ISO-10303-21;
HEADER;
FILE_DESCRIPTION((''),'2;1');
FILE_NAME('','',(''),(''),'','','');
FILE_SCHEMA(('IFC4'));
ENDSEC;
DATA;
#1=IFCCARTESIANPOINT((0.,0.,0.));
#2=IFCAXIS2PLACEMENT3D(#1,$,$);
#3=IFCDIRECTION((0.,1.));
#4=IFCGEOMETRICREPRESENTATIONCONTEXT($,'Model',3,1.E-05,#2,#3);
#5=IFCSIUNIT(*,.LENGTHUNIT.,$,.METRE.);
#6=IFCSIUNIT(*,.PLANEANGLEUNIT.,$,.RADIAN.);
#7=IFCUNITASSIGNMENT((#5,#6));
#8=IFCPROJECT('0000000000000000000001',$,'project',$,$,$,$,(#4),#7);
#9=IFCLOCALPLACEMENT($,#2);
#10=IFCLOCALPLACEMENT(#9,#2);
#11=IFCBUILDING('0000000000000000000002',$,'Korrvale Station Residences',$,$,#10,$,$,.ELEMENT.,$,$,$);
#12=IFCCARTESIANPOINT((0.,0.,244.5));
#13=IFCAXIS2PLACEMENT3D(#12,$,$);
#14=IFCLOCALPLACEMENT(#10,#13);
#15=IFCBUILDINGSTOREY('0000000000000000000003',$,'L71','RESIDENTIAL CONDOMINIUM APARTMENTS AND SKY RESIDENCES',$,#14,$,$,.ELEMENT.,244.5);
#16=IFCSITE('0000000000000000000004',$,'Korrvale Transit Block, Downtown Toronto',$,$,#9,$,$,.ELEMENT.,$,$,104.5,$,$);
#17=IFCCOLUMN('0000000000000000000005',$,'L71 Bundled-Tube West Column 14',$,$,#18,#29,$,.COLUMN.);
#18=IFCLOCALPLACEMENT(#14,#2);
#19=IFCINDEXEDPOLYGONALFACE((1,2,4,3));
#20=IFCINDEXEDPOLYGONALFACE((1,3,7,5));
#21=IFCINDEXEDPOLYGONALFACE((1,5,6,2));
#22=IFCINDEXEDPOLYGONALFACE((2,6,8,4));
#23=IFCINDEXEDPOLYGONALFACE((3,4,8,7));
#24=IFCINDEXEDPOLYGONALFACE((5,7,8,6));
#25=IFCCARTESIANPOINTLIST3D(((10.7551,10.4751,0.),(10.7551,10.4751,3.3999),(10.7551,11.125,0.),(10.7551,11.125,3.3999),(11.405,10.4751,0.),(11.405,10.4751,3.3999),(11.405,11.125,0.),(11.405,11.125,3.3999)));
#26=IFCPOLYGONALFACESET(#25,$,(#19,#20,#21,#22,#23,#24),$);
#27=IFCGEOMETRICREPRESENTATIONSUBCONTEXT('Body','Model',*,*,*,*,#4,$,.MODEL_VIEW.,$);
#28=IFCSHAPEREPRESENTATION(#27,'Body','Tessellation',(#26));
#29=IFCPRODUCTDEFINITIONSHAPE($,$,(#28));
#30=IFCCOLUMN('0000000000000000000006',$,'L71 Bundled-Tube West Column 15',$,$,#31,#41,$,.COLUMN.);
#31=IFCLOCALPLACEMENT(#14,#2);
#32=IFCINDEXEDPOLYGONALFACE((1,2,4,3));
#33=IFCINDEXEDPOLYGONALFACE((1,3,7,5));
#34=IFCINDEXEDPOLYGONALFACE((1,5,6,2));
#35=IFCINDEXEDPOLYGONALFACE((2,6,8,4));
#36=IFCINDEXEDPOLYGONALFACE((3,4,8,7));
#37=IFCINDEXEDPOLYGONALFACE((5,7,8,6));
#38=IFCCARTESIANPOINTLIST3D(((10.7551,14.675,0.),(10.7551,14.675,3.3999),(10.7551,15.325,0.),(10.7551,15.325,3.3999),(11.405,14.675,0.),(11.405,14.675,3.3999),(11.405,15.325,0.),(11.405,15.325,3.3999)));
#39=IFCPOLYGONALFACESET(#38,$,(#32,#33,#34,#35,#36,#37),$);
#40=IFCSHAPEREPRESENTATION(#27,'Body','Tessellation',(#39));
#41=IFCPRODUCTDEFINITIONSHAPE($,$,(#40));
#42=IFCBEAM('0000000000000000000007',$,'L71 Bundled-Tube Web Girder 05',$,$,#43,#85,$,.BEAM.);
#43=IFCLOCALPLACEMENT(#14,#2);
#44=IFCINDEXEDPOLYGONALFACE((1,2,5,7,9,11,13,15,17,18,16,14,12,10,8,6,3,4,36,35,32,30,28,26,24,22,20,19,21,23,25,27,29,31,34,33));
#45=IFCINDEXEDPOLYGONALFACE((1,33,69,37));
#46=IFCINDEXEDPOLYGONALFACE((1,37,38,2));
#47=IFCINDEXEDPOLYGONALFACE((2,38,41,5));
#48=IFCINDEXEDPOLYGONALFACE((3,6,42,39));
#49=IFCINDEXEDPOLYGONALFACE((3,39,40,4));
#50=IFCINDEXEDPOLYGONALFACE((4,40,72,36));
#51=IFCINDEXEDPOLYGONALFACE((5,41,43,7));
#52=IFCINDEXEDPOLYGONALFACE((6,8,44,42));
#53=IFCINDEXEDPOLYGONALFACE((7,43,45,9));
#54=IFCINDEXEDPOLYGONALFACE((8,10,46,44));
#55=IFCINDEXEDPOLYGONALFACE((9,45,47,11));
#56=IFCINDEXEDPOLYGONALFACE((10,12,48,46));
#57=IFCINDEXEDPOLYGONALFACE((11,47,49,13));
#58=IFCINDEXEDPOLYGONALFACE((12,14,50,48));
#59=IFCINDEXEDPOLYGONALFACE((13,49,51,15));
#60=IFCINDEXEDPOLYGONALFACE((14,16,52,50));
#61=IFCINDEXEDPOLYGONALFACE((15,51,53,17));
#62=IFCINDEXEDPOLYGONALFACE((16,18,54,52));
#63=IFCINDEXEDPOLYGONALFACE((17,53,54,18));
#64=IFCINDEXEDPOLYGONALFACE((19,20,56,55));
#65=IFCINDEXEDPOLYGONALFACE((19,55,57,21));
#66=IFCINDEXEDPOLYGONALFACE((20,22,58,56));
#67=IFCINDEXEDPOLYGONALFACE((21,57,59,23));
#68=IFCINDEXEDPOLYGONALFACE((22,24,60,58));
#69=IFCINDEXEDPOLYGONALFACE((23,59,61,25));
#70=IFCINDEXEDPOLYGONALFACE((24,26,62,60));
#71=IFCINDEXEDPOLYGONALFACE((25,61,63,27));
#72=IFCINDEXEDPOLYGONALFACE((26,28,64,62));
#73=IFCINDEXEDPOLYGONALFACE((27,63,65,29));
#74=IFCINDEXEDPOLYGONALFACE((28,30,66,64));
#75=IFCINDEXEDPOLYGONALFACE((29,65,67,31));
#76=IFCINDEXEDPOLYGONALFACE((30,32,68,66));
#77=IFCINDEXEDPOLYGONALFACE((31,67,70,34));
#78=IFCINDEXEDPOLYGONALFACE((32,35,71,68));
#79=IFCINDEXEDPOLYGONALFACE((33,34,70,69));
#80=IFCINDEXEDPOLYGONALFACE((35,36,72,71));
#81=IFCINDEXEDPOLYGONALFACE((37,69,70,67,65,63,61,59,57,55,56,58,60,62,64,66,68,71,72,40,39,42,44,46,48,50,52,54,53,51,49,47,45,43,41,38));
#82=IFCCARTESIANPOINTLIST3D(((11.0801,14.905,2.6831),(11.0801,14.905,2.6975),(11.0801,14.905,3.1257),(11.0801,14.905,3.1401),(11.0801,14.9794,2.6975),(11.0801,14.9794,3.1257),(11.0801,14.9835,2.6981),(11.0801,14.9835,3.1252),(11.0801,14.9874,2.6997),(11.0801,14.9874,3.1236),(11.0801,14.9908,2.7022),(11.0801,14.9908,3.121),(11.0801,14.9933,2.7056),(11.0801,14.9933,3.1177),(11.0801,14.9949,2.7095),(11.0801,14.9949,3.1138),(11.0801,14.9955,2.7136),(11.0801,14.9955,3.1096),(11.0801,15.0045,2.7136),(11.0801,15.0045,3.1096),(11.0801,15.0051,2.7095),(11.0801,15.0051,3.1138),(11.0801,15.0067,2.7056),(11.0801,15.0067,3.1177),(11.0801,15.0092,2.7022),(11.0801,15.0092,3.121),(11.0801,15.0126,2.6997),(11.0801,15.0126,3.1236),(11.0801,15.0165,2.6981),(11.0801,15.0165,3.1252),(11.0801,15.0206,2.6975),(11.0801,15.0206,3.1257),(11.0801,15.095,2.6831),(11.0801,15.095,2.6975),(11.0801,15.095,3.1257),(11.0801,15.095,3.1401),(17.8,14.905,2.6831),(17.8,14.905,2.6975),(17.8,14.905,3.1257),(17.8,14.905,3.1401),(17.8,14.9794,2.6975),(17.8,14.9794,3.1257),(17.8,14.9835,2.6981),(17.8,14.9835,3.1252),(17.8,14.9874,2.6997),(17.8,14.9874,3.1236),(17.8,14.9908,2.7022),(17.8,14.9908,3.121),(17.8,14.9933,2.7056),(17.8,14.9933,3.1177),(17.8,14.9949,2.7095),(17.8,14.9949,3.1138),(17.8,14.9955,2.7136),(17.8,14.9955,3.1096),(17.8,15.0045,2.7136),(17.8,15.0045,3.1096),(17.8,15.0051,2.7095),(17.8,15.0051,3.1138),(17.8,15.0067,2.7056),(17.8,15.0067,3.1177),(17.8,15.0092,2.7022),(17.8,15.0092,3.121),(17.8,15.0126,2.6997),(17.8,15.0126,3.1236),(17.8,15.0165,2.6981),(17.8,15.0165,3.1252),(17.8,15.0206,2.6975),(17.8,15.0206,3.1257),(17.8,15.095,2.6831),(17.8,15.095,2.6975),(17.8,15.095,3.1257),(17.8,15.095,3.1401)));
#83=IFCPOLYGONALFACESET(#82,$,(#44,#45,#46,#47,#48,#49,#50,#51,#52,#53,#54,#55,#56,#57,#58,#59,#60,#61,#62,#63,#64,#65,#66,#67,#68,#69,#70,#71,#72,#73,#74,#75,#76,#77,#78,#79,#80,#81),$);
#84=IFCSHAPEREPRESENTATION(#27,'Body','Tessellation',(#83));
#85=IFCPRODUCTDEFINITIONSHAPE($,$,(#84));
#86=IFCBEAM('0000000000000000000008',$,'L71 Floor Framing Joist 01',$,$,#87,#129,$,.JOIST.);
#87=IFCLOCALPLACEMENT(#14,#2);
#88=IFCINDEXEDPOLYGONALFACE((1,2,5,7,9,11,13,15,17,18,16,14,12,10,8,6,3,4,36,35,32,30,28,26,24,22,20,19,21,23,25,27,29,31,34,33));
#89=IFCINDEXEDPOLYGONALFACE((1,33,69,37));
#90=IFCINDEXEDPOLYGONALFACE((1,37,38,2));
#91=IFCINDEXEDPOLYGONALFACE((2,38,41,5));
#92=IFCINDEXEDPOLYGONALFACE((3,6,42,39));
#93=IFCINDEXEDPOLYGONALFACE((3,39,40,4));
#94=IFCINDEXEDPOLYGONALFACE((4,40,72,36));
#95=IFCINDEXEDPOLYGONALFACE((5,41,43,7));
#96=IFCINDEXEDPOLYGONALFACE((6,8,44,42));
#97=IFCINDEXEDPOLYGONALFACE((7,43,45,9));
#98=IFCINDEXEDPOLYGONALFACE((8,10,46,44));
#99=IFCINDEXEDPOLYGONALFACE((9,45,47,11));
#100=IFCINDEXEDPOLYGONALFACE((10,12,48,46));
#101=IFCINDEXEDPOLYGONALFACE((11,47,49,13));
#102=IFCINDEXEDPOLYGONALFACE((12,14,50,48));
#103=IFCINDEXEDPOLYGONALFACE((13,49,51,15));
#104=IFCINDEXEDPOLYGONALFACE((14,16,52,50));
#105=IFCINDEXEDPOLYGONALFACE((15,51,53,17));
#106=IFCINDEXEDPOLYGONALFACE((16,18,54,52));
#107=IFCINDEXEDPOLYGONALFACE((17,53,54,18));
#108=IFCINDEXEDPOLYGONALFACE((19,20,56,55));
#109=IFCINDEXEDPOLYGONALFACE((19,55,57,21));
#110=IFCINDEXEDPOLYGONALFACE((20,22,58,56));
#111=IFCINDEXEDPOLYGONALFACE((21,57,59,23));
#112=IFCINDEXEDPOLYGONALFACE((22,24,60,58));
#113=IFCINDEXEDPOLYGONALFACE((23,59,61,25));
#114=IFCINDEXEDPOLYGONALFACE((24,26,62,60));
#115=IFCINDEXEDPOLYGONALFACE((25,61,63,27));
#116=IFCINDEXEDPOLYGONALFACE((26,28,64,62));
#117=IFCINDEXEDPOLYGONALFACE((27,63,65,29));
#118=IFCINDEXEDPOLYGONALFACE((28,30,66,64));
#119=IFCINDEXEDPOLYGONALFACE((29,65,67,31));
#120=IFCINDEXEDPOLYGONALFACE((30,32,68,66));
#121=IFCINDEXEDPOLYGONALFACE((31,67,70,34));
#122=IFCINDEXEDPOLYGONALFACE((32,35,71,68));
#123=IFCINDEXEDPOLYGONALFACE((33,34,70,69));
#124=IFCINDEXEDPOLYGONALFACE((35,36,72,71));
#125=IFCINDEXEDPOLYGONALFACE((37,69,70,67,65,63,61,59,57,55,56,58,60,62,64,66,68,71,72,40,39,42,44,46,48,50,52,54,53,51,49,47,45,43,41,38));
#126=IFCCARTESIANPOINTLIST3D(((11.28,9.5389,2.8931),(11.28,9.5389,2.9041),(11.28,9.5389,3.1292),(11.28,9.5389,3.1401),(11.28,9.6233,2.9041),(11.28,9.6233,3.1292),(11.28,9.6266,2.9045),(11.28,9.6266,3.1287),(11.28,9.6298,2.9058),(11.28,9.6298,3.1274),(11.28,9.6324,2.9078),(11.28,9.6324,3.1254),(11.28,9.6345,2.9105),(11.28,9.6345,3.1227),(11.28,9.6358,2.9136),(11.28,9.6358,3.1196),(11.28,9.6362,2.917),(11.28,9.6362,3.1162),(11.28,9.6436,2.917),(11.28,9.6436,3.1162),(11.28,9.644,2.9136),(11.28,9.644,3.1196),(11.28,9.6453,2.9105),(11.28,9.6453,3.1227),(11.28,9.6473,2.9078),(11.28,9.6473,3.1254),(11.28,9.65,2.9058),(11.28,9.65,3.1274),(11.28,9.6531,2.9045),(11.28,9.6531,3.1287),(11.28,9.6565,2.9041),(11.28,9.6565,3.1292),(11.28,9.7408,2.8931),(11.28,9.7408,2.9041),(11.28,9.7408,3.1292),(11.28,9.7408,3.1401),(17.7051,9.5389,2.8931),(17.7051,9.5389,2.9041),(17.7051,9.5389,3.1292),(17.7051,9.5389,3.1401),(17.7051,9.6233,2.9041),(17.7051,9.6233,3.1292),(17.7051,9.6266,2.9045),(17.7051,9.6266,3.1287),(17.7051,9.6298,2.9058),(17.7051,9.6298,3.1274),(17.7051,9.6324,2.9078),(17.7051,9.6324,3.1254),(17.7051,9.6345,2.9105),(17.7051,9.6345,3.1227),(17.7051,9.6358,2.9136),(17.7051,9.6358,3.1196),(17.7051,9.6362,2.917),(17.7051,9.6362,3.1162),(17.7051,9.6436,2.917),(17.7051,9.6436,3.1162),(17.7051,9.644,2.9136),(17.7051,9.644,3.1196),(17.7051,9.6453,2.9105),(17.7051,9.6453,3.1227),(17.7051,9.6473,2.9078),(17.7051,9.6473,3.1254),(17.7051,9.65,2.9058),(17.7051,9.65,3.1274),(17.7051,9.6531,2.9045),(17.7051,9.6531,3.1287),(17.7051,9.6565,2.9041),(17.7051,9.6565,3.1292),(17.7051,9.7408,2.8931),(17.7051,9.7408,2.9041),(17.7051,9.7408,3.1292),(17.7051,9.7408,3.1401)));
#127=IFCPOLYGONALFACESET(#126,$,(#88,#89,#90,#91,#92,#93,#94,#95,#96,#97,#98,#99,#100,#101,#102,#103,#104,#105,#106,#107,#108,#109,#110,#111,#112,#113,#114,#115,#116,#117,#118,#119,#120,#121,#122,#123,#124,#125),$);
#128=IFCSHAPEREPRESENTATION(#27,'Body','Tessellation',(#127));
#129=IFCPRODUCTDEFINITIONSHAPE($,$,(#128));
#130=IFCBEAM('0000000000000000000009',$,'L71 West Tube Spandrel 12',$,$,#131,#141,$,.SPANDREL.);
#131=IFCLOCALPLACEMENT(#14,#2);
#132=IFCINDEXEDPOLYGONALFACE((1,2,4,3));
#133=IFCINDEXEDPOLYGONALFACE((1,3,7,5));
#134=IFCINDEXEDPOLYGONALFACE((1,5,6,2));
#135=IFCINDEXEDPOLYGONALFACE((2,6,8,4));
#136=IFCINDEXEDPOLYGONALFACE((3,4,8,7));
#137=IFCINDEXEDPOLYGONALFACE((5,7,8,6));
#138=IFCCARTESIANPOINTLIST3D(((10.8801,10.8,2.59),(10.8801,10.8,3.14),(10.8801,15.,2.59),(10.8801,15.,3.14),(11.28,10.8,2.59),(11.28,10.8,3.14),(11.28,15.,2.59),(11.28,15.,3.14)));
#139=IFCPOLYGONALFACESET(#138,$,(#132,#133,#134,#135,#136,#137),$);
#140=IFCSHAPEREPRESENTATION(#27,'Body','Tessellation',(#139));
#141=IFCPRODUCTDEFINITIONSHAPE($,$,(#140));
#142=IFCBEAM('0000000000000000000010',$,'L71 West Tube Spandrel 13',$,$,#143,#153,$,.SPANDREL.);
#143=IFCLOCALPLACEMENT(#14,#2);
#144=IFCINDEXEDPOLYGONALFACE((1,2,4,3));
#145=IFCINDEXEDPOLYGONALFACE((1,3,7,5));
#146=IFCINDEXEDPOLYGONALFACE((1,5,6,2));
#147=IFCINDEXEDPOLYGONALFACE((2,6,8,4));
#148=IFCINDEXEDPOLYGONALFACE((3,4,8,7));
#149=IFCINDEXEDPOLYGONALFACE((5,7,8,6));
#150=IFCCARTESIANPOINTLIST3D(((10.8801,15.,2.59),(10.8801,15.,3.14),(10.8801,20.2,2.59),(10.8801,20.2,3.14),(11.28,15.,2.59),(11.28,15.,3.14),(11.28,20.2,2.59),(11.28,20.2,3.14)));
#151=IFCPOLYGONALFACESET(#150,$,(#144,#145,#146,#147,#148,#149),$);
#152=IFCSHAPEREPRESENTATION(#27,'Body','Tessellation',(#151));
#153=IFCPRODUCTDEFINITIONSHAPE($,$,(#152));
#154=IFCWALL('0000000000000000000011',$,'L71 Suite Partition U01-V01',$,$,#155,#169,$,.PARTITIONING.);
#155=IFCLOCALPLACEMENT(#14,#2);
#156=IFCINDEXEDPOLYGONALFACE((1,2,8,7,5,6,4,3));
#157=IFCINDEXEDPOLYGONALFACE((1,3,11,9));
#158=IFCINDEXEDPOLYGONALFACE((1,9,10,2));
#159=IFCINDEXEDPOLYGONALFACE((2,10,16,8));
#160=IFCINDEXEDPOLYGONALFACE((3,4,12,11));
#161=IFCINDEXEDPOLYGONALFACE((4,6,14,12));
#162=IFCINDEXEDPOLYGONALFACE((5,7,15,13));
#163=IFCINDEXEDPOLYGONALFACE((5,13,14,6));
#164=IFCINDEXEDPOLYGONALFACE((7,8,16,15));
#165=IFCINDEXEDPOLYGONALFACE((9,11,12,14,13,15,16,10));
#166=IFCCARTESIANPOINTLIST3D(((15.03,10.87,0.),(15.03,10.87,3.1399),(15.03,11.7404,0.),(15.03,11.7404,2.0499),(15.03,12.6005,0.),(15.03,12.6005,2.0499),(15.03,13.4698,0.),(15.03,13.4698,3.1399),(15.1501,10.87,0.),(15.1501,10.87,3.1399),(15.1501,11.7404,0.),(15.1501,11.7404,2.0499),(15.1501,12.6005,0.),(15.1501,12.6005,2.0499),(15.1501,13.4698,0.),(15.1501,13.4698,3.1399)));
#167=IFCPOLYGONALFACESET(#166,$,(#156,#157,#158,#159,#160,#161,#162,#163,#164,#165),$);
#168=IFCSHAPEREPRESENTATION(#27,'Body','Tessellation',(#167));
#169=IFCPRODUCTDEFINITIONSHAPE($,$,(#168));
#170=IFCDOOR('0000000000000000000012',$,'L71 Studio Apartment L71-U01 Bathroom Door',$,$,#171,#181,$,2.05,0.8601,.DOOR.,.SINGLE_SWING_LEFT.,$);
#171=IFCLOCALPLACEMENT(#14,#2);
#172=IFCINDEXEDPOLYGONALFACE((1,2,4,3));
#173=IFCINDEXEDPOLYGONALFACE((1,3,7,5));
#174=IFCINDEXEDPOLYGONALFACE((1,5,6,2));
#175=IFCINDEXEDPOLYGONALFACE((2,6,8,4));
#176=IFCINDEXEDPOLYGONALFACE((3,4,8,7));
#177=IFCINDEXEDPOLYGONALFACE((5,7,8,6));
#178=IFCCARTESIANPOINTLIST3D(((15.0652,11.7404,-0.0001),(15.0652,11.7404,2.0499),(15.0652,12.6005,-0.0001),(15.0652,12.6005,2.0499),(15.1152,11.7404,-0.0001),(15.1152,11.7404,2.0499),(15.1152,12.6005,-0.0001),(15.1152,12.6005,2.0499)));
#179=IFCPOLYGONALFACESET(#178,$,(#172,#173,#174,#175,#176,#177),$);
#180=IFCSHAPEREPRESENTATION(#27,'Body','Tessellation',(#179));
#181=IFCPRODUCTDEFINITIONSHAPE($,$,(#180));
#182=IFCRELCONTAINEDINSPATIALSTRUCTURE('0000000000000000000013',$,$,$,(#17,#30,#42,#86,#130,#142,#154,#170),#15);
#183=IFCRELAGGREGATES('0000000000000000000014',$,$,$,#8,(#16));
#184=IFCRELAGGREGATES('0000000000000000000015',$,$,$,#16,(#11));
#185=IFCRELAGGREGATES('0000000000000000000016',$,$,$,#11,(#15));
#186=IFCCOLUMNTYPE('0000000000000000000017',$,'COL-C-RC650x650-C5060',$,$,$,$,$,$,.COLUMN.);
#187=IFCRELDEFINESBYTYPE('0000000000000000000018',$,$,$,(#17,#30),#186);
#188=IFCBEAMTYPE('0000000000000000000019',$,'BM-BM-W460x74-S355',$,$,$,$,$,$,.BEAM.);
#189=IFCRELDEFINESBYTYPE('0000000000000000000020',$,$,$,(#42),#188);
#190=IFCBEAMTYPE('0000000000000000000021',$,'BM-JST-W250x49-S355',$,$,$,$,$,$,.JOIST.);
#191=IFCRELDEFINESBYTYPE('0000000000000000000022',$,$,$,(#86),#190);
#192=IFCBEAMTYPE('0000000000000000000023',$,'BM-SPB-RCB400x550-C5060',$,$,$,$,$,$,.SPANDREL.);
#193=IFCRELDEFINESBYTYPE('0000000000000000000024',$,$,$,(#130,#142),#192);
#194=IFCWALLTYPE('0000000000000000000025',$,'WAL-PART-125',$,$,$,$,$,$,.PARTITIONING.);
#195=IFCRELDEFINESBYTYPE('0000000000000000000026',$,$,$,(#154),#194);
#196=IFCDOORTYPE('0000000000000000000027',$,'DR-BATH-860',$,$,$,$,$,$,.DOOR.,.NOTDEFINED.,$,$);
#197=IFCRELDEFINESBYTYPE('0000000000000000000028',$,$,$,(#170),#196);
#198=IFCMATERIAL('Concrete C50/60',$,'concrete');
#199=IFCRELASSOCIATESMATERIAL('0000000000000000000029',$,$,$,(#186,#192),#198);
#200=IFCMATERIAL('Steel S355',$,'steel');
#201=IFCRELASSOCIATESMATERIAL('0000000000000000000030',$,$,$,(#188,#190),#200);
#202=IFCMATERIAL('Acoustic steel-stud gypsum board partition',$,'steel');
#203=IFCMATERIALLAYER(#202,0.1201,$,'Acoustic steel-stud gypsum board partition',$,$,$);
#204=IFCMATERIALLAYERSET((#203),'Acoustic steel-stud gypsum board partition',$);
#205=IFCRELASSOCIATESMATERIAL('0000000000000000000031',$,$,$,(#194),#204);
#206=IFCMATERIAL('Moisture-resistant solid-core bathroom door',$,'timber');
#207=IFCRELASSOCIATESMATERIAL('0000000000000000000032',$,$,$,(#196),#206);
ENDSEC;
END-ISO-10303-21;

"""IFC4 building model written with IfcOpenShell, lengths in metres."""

from ifc_helpers import new_model, si_unit, direction, frame, frame_2d, origin, origin_2d, place, context, subcontext, project, spatial, rectangle, i_section, extrude, material, layer, layer_set, material_profile, profile_set, type_object, element, fill, save


model = new_model("IFC4")

# Units and contexts
model_context = context("Model", 3, precision=1e-05, world=origin(), true_north=direction((0.0, 1.0)))
body_context = subcontext(model_context, "Body", "Model", "MODEL_VIEW")
ifc_project = project(units=[si_unit("LENGTHUNIT", "METRE"), si_unit("PLANEANGLEUNIT", "RADIAN")], contexts=[model_context])

# Site, building, storey
site_placement = place(None, origin())
site = spatial("IfcSite", under=ifc_project, at=site_placement, Name="Korrvale Transit Block, Downtown Toronto", CompositionType="ELEMENT", RefElevation=104.5)
building_placement = place(site_placement, origin())
building = spatial("IfcBuilding", under=site, at=building_placement, Name="Korrvale Station Residences", CompositionType="ELEMENT")
storey_placement = place(building_placement, frame((0.0, 0.0, 244.5)))
storey = spatial("IfcBuildingStorey", under=building, at=storey_placement, Name="L71", Description="RESIDENTIAL CONDOMINIUM APARTMENTS AND SKY RESIDENCES", CompositionType="ELEMENT", Elevation=244.5)

# Columns
ifc_material_1 = material(Name="Concrete C50/60", Category="concrete")
ifc_material_profile_1 = material_profile(ifc_material_1, rectangle(XDim=0.6499, YDim=0.6499, at=origin_2d()), Name="RC650x650")
ifc_profile_set_1 = profile_set([ifc_material_profile_1], Name="Concrete C50/60")
column_type = type_object("IfcColumnType", Name="COL-C-RC650x650-C5060", PredefinedType="COLUMN", material=ifc_profile_set_1)
for number, where, z_axis, x_axis, name in (
    (1, (11.0801, 10.8, 0.0), (0.0, 0.0, 1.0), (1.0, 0.0, 0.0), "L71 Bundled-Tube West Column 14"),
    (2, (11.0801, 15.0, 0.0), (0.0, 0.0, 1.0), (1.0, 0.0, 0.0), "L71 Bundled-Tube West Column 15"),
):
    element("IfcColumn", number, at=place(storey_placement, frame(where, z_axis=z_axis, x_axis=x_axis)), inside=storey, type_object=column_type, Name=name, PredefinedType="COLUMN", context=body_context, shape_type="SweptSolid", body=[
        extrude(rectangle(XDim=0.6499, YDim=0.6499, at=origin_2d()), origin(), (0.0, 0.0, 1.0), 3.3999),
    ])

# Beams
ifc_material_2 = material(Name="Steel S355", Category="steel")
ifc_material_profile_2 = material_profile(ifc_material_2, i_section(OverallWidth=0.1899, OverallDepth=0.457, WebThickness=0.009, FlangeThickness=0.0144, FilletRadius=0.0161, at=origin_2d()), Name="W460x74")
ifc_profile_set_2 = profile_set([ifc_material_profile_2], Name="Steel S355")
beam_type_1 = type_object("IfcBeamType", Name="BM-BM-W460x74-S355", PredefinedType="BEAM", material=ifc_profile_set_2)
beam_1_placement = place(storey_placement, frame((11.0801, 15.0, 2.9116), z_axis=(1.0, 0.0, 0.0), x_axis=(0.0, 1.0, 0.0)))
element("IfcBeam", 3, at=beam_1_placement, inside=storey, type_object=beam_type_1, Name="L71 Bundled-Tube Web Girder 05", PredefinedType="BEAM", context=body_context, shape_type="SweptSolid", body=[
    extrude(i_section(OverallWidth=0.1899, OverallDepth=0.457, WebThickness=0.009, FlangeThickness=0.0144, FilletRadius=0.0161, at=origin_2d()), origin(), (0.0, 0.0, 1.0), 6.72),
])
ifc_material_profile_3 = material_profile(ifc_material_2, i_section(OverallWidth=0.2019, OverallDepth=0.2471, WebThickness=0.0073, FlangeThickness=0.011, FilletRadius=0.0129, at=origin_2d()), Name="W250x49")
ifc_profile_set_3 = profile_set([ifc_material_profile_3], Name="Steel S355")
beam_type_2 = type_object("IfcBeamType", Name="BM-JST-W250x49-S355", PredefinedType="JOIST", material=ifc_profile_set_3)
beam_2_placement = place(storey_placement, frame((11.28, 9.6399, 3.0166), z_axis=(1.0, 0.0, 0.0), x_axis=(0.0, 1.0, 0.0)))
element("IfcBeam", 4, at=beam_2_placement, inside=storey, type_object=beam_type_2, Name="L71 Floor Framing Joist 01", PredefinedType="JOIST", context=body_context, shape_type="SweptSolid", body=[
    extrude(i_section(OverallWidth=0.2019, OverallDepth=0.2471, WebThickness=0.0073, FlangeThickness=0.011, FilletRadius=0.0129, at=origin_2d()), origin(), (0.0, 0.0, 1.0), 6.425),
])
ifc_material_profile_4 = material_profile(ifc_material_1, rectangle(XDim=0.3999, YDim=0.55, at=origin_2d()), Name="RCB400x550")
ifc_profile_set_4 = profile_set([ifc_material_profile_4], Name="Concrete C50/60")
beam_type_3 = type_object("IfcBeamType", Name="BM-SPB-RCB400x550-C5060", PredefinedType="SPANDREL", material=ifc_profile_set_4)
beam_3_placement = place(storey_placement, frame((11.0801, 10.8, 2.865), z_axis=(0.0, 1.0, 0.0), x_axis=(-1.0, 0.0, 0.0)))
element("IfcBeam", 5, at=beam_3_placement, inside=storey, type_object=beam_type_3, Name="L71 West Tube Spandrel 12", PredefinedType="SPANDREL", context=body_context, shape_type="SweptSolid", body=[
    extrude(rectangle(XDim=0.3999, YDim=0.55, at=origin_2d()), origin(), (0.0, 0.0, 1.0), 4.2),
])
beam_4_placement = place(storey_placement, frame((11.0801, 15.0, 2.865), z_axis=(0.0, 1.0, 0.0), x_axis=(-1.0, 0.0, 0.0)))
element("IfcBeam", 6, at=beam_4_placement, inside=storey, type_object=beam_type_3, Name="L71 West Tube Spandrel 13", PredefinedType="SPANDREL", context=body_context, shape_type="SweptSolid", body=[
    extrude(rectangle(XDim=0.3999, YDim=0.55, at=origin_2d()), origin(), (0.0, 0.0, 1.0), 5.2),
])

# Wall, opening, door
ifc_material_3 = material(Name="Acoustic steel-stud gypsum board partition", Category="steel")
ifc_layer_1 = layer(ifc_material_3, 0.1201, Name="Acoustic steel-stud gypsum board partition")
ifc_layer_set_1 = layer_set([ifc_layer_1], Name="Acoustic steel-stud gypsum board partition")
wall_type_1 = type_object("IfcWallType", Name="WAL-PART-125", PredefinedType="PARTITIONING", material=ifc_layer_set_1)
wall_1_placement = place(storey_placement, frame((15.0901, 10.8701, 0.0), z_axis=(0.0, 0.0, 1.0), x_axis=(0.0, 1.0, 0.0)))
wall_1 = element("IfcWall", 7, at=wall_1_placement, inside=storey, type_object=wall_type_1, Name="L71 Suite Partition U01-V01", PredefinedType="PARTITIONING", context=body_context, shape_type="SweptSolid", body=[
    extrude(rectangle(XDim=2.5999, YDim=0.1201, at=frame_2d((1.2998, 0.0))), origin(), (0.0, 0.0, 1.0), 3.1399),
])
opening_1_placement = place(wall_1_placement, frame((0.8701, 0.0, 0.0)))
opening_1 = element("IfcOpeningElement", 8, at=opening_1_placement, cuts=wall_1, PredefinedType="OPENING", context=body_context, shape_type="SweptSolid", body=[
    extrude(rectangle(XDim=0.8601, YDim=2.05, at=frame_2d((0.4302, 1.0249))), frame((0.0, 0.0701, 0.0), z_axis=(0.0, -1.0, 0.0), x_axis=(1.0, 0.0, 0.0)), (0.0, 0.0, 1.0), 0.1401),
])
ifc_material_4 = material(Name="Moisture-resistant solid-core bathroom door", Category="timber")
door_type_1 = type_object("IfcDoorType", Name="DR-BATH-860", OperationType="NOTDEFINED", PredefinedType="DOOR", material=ifc_material_4)
door_1_placement = place(opening_1_placement, origin())
door_1 = element("IfcDoor", 9, at=door_1_placement, inside=storey, type_object=door_type_1, Name="L71 Studio Apartment L71-U01 Bathroom Door", OperationType="SINGLE_SWING_LEFT", OverallHeight=2.05, OverallWidth=0.8601, PredefinedType="DOOR", context=body_context, shape_type="SweptSolid", body=[
    extrude(rectangle(XDim=0.8601, YDim=2.05, at=frame_2d((0.4302, 1.0249))), frame((0.0, 0.0249, 0.0), z_axis=(0.0, -1.0, 0.0), x_axis=(1.0, 0.0, 0.0)), (0.0, 0.0, 1.0), 0.05),
])
fill(opening_1, door_1)

save(model, "model.ifc")
